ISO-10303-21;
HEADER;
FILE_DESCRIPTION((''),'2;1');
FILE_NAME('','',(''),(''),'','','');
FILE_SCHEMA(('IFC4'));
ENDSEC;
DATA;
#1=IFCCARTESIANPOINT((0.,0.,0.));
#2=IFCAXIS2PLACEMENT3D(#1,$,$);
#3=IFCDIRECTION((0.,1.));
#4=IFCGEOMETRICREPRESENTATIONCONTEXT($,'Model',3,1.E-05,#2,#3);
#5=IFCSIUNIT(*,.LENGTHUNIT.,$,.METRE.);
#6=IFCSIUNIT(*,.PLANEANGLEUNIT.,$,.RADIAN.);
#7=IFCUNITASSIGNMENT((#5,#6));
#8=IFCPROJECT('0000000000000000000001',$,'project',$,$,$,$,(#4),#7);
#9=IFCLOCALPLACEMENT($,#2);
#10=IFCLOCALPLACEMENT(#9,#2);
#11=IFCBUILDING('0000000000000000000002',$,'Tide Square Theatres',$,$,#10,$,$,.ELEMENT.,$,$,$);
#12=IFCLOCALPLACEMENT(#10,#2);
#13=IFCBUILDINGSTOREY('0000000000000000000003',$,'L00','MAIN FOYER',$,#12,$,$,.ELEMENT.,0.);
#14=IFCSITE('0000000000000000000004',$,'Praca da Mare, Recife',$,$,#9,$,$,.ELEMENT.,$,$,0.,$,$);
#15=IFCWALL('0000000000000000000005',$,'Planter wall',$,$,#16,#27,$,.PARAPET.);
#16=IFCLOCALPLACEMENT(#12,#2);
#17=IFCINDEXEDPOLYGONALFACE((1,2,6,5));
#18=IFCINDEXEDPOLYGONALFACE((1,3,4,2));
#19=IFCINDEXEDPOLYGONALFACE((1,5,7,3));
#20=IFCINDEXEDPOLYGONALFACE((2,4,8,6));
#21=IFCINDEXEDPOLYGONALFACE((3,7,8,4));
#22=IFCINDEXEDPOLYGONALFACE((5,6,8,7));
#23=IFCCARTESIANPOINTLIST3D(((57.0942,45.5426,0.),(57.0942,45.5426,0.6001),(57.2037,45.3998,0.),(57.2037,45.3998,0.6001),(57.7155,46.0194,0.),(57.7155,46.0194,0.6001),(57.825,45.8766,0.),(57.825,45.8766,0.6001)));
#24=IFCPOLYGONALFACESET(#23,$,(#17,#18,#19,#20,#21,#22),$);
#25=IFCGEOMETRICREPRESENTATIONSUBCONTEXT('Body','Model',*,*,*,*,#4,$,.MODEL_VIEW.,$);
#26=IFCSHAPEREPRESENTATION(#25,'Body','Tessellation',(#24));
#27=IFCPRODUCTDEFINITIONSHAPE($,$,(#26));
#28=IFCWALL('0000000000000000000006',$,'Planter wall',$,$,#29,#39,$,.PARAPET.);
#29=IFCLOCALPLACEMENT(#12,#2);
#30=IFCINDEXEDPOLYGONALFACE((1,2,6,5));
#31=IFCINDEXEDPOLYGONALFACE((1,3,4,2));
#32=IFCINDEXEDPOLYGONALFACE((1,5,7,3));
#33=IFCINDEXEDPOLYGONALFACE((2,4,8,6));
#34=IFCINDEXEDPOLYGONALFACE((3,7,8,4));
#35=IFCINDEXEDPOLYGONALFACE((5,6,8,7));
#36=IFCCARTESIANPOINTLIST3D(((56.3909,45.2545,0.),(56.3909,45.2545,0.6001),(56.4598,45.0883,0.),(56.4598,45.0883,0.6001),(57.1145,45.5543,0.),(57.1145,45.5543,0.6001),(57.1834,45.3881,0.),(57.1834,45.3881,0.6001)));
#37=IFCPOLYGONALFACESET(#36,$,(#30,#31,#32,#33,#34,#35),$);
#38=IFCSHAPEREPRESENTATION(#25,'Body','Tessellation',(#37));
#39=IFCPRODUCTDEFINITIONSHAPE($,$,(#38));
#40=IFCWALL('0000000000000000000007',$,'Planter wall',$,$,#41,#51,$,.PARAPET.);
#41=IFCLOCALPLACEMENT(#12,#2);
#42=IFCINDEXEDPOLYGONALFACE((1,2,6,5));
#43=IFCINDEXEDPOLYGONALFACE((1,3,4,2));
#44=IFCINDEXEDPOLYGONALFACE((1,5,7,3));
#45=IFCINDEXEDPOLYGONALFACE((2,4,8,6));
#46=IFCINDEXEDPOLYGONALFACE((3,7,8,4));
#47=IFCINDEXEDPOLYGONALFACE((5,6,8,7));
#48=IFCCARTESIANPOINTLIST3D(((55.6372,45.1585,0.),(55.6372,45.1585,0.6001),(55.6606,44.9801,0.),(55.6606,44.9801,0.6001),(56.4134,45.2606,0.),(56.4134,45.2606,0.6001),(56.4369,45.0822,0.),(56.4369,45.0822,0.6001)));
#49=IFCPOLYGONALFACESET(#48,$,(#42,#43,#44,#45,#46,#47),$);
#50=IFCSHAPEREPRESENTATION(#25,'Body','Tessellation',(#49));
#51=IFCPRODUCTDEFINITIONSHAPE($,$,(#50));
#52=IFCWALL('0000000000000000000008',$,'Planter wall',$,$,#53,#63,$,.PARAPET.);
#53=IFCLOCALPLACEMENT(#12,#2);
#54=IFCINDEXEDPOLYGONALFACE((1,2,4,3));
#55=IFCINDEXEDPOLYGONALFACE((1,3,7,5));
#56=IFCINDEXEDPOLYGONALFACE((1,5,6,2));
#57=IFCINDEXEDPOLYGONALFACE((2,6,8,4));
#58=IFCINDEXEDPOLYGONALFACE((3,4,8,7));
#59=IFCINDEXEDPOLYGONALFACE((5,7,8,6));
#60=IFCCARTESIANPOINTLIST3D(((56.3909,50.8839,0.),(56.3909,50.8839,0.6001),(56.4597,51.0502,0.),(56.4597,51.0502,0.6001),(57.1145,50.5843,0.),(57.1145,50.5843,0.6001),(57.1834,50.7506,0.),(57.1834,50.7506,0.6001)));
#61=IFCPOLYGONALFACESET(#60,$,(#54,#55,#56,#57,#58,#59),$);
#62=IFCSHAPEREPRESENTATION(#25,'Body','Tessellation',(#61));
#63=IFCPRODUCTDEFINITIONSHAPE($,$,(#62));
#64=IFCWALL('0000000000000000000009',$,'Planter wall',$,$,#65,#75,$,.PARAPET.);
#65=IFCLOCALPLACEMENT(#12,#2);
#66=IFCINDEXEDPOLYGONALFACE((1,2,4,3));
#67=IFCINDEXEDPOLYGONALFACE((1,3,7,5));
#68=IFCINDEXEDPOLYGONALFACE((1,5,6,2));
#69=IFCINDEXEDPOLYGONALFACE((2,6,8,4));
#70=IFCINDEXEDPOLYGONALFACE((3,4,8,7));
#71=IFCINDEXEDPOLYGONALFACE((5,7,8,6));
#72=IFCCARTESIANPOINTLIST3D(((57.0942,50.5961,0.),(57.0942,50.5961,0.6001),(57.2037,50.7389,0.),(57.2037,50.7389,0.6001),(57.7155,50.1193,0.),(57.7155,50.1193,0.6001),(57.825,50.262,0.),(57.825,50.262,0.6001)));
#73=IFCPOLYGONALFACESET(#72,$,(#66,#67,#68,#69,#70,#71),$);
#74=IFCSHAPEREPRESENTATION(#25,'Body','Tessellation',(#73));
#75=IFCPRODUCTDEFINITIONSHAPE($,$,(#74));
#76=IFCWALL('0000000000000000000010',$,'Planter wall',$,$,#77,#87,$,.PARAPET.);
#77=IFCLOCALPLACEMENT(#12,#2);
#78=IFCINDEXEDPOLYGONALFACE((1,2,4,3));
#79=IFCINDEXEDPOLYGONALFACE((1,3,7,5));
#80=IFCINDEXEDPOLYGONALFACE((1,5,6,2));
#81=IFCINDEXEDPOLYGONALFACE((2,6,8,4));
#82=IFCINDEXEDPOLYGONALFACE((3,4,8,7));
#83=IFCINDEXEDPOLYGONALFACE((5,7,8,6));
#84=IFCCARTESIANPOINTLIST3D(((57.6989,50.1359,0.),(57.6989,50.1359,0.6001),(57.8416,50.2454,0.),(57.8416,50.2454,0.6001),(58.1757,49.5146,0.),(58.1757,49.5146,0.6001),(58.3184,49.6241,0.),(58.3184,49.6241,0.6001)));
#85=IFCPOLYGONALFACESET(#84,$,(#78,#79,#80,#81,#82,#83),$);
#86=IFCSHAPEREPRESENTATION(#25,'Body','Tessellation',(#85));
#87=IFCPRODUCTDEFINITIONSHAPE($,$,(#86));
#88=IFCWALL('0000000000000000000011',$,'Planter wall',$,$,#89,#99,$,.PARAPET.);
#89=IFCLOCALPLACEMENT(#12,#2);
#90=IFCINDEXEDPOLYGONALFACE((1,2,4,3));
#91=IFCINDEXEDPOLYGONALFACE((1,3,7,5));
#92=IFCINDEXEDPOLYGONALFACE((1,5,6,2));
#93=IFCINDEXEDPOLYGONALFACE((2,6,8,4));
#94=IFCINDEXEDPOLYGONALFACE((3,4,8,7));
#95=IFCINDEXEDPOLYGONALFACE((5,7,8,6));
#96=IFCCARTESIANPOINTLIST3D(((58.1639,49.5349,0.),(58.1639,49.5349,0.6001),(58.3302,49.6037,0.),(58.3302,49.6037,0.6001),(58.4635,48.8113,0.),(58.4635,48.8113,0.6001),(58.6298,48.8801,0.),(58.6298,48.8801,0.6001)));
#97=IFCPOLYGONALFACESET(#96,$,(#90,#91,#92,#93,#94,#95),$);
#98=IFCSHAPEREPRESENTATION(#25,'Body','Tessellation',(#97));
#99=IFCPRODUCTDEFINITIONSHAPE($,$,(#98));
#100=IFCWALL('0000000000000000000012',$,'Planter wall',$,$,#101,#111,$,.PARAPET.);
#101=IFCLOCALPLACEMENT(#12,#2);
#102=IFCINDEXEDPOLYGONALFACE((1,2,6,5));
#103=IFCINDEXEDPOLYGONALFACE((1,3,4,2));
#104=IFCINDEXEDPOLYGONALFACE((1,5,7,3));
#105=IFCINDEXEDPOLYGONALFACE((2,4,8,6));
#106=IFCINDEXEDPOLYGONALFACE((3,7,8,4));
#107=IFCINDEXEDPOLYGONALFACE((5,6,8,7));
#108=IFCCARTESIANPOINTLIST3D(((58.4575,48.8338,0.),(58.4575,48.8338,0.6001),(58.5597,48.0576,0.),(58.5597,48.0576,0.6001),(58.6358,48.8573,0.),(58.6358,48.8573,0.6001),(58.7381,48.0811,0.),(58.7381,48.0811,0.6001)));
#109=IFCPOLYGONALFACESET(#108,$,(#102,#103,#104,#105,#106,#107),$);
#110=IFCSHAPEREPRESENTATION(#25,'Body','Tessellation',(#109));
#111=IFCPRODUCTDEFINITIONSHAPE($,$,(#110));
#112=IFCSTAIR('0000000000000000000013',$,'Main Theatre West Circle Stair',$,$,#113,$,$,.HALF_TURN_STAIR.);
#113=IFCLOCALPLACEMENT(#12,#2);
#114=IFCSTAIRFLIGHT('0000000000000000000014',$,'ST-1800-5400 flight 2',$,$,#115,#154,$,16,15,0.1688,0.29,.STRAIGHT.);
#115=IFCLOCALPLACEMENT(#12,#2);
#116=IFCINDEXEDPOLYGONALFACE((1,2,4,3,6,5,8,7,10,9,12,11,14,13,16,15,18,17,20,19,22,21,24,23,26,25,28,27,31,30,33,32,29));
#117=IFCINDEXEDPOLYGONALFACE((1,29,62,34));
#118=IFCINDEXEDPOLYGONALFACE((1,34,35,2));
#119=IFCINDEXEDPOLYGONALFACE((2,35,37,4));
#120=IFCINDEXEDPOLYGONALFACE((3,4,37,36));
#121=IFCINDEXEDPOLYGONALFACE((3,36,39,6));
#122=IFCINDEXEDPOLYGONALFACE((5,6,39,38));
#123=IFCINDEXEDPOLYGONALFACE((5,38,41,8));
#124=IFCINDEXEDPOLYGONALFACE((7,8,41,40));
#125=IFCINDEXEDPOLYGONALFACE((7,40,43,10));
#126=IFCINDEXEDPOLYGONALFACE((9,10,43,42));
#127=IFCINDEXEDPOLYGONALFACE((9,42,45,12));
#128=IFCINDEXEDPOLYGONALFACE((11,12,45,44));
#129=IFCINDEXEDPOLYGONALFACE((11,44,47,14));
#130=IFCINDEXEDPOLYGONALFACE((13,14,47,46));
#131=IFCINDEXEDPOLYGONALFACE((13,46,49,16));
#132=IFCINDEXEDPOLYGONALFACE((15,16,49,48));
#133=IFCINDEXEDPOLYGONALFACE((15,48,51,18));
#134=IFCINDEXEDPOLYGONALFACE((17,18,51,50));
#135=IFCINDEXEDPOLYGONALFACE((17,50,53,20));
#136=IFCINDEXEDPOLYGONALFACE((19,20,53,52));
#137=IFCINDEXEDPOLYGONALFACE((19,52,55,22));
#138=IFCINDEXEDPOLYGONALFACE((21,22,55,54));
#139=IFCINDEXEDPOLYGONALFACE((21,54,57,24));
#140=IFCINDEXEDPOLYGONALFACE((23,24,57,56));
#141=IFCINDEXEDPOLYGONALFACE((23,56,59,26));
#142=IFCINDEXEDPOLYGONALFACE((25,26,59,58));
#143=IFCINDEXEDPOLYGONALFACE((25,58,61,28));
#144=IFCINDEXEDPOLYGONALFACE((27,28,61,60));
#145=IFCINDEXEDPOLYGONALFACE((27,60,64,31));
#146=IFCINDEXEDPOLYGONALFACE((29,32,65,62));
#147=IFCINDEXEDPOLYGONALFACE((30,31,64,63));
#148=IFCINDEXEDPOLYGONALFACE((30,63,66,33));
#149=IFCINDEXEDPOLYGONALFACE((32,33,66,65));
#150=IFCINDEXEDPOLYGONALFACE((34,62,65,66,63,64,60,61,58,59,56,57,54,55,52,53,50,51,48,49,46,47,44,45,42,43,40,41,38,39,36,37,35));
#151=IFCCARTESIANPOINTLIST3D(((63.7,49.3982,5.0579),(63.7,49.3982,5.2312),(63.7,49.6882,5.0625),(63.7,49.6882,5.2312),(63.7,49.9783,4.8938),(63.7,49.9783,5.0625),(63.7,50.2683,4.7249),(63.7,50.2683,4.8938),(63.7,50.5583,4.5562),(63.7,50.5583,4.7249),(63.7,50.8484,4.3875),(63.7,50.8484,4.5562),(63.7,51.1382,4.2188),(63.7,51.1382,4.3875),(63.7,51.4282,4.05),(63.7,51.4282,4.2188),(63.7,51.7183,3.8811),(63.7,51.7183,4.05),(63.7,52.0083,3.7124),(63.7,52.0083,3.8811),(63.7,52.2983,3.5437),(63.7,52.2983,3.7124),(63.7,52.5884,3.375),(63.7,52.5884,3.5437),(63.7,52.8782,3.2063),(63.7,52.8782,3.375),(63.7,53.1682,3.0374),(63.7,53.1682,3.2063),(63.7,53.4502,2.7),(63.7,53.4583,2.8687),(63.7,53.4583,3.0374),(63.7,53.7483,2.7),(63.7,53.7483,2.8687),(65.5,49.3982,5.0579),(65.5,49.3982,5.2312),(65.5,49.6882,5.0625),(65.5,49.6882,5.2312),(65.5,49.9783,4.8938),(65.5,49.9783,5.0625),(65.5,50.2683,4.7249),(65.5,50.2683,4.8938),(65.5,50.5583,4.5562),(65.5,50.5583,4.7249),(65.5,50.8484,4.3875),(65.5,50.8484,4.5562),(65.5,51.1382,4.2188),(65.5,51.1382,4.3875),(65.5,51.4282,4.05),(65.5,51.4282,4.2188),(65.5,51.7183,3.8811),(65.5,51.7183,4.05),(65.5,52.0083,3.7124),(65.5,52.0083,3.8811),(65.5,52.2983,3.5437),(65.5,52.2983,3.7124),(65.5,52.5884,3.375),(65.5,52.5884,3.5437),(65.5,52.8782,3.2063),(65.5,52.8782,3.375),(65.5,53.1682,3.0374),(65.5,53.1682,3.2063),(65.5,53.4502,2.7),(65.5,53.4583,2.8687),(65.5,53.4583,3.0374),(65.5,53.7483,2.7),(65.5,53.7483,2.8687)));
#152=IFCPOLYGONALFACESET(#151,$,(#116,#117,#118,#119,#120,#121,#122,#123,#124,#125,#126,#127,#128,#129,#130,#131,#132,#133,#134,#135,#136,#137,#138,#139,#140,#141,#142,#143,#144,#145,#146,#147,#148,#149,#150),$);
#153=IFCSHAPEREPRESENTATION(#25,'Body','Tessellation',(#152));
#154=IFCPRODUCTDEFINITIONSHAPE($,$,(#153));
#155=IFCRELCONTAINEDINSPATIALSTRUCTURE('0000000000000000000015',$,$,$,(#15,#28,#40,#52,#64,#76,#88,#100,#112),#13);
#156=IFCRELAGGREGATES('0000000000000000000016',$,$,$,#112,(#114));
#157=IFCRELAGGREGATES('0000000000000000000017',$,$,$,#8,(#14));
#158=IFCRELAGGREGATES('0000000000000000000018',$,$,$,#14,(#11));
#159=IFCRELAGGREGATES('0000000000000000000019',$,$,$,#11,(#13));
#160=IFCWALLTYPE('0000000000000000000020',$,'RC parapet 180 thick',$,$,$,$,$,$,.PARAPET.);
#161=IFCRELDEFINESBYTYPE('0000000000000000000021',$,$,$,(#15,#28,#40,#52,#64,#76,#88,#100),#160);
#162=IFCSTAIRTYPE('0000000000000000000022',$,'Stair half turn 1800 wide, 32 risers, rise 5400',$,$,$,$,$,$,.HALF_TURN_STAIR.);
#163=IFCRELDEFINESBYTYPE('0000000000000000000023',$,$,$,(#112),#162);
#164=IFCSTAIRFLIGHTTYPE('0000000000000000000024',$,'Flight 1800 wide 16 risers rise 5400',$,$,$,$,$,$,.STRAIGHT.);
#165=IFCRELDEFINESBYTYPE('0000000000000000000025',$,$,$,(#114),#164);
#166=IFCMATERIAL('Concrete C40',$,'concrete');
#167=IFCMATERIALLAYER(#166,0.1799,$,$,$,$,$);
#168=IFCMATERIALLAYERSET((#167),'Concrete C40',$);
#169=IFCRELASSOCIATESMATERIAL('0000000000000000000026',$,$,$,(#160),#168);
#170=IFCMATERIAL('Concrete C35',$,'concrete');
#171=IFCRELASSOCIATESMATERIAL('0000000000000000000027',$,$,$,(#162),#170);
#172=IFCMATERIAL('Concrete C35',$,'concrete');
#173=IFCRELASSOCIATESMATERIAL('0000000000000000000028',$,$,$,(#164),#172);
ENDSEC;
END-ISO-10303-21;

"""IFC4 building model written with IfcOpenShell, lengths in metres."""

from ifc_helpers import new_model, si_unit, direction, frame, frame_2d, origin, place, context, subcontext, project, spatial, polyline, rectangle, outline, extrude, material, layer, layer_set, type_object, element, aggregate, save


model = new_model("IFC4")

# Units and contexts
model_context = context("Model", 3, precision=1e-05, world=origin(), true_north=direction((0.0, 1.0)))
body_context = subcontext(model_context, "Body", "Model", "MODEL_VIEW")
ifc_project = project(units=[si_unit("LENGTHUNIT", "METRE"), si_unit("PLANEANGLEUNIT", "RADIAN")], contexts=[model_context])

# Site, building, storey
site_placement = place(None, origin())
site = spatial("IfcSite", under=ifc_project, at=site_placement, Name="Praca da Mare, Recife", CompositionType="ELEMENT", RefElevation=0.0)
building_placement = place(site_placement, origin())
building = spatial("IfcBuilding", under=site, at=building_placement, Name="Tide Square Theatres", CompositionType="ELEMENT")
storey_placement = place(building_placement, origin())
storey = spatial("IfcBuildingStorey", under=building, at=storey_placement, Name="L00", Description="MAIN FOYER", CompositionType="ELEMENT", Elevation=0.0)

# Walls
ifc_material_1 = material(Name="Concrete C40", Category="concrete")
ifc_layer_1 = layer(ifc_material_1, 0.1799)
ifc_layer_set_1 = layer_set([ifc_layer_1], Name="Concrete C40")
wall_type_1 = type_object("IfcWallType", Name="RC parapet 180 thick", PredefinedType="PARAPET", material=ifc_layer_set_1)
for number, where, z_axis, x_axis, name in (
    (1, (57.7703, 45.948, 0.0), (0.0, 0.0, 1.0), (-0.79333, -0.608791, 0.0), "Planter wall"),
    (2, (57.1489, 45.4712, 0.0), (0.0, 0.0, 1.0), (-0.92385, -0.382756, 0.0), "Planter wall"),
):
    element("IfcWall", number, at=place(storey_placement, frame(where, z_axis=z_axis, x_axis=x_axis)), inside=storey, type_object=wall_type_1, Name=name, PredefinedType="PARAPET", context=body_context, shape_type="SweptSolid", body=[
        extrude(rectangle(XDim=0.7832, YDim=0.1799, at=frame_2d((0.3916, 0.0))), origin(), (0.0, 0.0, 1.0), 0.6001),
    ])
wall_1_placement = place(storey_placement, frame((56.4253, 45.1714, 0.0), z_axis=(0.0, 0.0, 1.0), x_axis=(-0.991471, -0.130325, 0.0)))
element("IfcWall", 3, at=wall_1_placement, inside=storey, type_object=wall_type_1, Name="Planter wall", PredefinedType="PARAPET", context=body_context, shape_type="SweptSolid", body=[
    extrude(rectangle(XDim=0.783, YDim=0.1799, at=frame_2d((0.3916, 0.0))), origin(), (0.0, 0.0, 1.0), 0.6001),
])
for number, where, z_axis, x_axis, name in (
    (4, (56.4253, 50.967, 0.0), (0.0, 0.0, 1.0), (0.92396, -0.382489, 0.0), "Planter wall"),
    (5, (57.1489, 50.6675, 0.0), (0.0, 0.0, 1.0), (0.79333, -0.608791, 0.0), "Planter wall"),
    (6, (57.7703, 50.1907, 0.0), (0.0, 0.0, 1.0), (0.608791, -0.79333, 0.0), "Planter wall"),
    (7, (58.2471, 49.5693, 0.0), (0.0, 0.0, 1.0), (0.382489, -0.92396, 0.0), "Planter wall"),
):
    element("IfcWall", number, at=place(storey_placement, frame(where, z_axis=z_axis, x_axis=x_axis)), inside=storey, type_object=wall_type_1, Name=name, PredefinedType="PARAPET", context=body_context, shape_type="SweptSolid", body=[
        extrude(rectangle(XDim=0.7832, YDim=0.1799, at=frame_2d((0.3916, 0.0))), origin(), (0.0, 0.0, 1.0), 0.6001),
    ])
wall_2_placement = place(storey_placement, frame((58.5466, 48.8457, 0.0), z_axis=(0.0, 0.0, 1.0), x_axis=(0.130632, -0.991431, 0.0)))
element("IfcWall", 8, at=wall_2_placement, inside=storey, type_object=wall_type_1, Name="Planter wall", PredefinedType="PARAPET", context=body_context, shape_type="SweptSolid", body=[
    extrude(rectangle(XDim=0.783, YDim=0.1799, at=frame_2d((0.3916, 0.0))), origin(), (0.0, 0.0, 1.0), 0.6001),
])

# Stair, stair flight
ifc_material_2 = material(Name="Concrete C35", Category="concrete")
stair_type = type_object("IfcStairType", Name="Stair half turn 1800 wide, 32 risers, rise 5400", PredefinedType="HALF_TURN_STAIR", material=ifc_material_2)
stair_placement = place(storey_placement, origin())
stair = element("IfcStair", 9, at=stair_placement, inside=storey, type_object=stair_type, Name="Main Theatre West Circle Stair", PredefinedType="HALF_TURN_STAIR")
ifc_material_3 = material(Name="Concrete C35", Category="concrete")
stair_flight_type = type_object("IfcStairFlightType", Name="Flight 1800 wide 16 risers rise 5400", PredefinedType="STRAIGHT", material=ifc_material_3)
stair_flight_placement = place(storey_placement, frame((64.6001, 53.7483, 2.7), z_axis=(0.0, 0.0, 1.0), x_axis=(0.0, -1.0, 0.0)))
stair_flight = element("IfcStairFlight", 10, at=stair_flight_placement, type_object=stair_flight_type, Name="ST-1800-5400 flight 2", NumberOfRisers=16, NumberOfTreads=15, PredefinedType="STRAIGHT", RiserHeight=0.1688, TreadLength=0.29, context=body_context, shape_type="SweptSolid", body=[
    extrude(outline(polyline([(0.0, 0.0), (0.0, 0.1687), (0.29, 0.1687), (0.29, 0.3374), (0.5801, 0.3374), (0.5801, 0.5063), (0.8701, 0.5063), (0.8701, 0.675), (1.1599, 0.675), (1.1599, 0.8438), (1.45, 0.8438), (1.45, 1.0125), (1.74, 1.0125), (1.74, 1.1812), (2.03, 1.1812), (2.03, 1.3501), (2.3201, 1.3501), (2.3201, 1.5188), (2.6101, 1.5188), (2.6101, 1.6875), (2.8999, 1.6875), (2.8999, 1.8562), (3.1899, 1.8562), (3.1899, 2.0249), (3.48, 2.0249), (3.48, 2.1938), (3.77, 2.1938), (3.77, 2.3625), (4.0601, 2.3625), (4.0601, 2.5312), (4.3501, 2.5312), (4.3501, 2.7), (4.3501, 2.3579), (0.2981, 0.0), (0.0, 0.0)])), frame((0.0, 0.8999, 0.0), z_axis=(0.0, -1.0, 0.0), x_axis=(1.0, 0.0, 0.0)), (0.0, 0.0, 1.0), 1.8),
])
aggregate(stair, [stair_flight])

save(model, "model.ifc")
